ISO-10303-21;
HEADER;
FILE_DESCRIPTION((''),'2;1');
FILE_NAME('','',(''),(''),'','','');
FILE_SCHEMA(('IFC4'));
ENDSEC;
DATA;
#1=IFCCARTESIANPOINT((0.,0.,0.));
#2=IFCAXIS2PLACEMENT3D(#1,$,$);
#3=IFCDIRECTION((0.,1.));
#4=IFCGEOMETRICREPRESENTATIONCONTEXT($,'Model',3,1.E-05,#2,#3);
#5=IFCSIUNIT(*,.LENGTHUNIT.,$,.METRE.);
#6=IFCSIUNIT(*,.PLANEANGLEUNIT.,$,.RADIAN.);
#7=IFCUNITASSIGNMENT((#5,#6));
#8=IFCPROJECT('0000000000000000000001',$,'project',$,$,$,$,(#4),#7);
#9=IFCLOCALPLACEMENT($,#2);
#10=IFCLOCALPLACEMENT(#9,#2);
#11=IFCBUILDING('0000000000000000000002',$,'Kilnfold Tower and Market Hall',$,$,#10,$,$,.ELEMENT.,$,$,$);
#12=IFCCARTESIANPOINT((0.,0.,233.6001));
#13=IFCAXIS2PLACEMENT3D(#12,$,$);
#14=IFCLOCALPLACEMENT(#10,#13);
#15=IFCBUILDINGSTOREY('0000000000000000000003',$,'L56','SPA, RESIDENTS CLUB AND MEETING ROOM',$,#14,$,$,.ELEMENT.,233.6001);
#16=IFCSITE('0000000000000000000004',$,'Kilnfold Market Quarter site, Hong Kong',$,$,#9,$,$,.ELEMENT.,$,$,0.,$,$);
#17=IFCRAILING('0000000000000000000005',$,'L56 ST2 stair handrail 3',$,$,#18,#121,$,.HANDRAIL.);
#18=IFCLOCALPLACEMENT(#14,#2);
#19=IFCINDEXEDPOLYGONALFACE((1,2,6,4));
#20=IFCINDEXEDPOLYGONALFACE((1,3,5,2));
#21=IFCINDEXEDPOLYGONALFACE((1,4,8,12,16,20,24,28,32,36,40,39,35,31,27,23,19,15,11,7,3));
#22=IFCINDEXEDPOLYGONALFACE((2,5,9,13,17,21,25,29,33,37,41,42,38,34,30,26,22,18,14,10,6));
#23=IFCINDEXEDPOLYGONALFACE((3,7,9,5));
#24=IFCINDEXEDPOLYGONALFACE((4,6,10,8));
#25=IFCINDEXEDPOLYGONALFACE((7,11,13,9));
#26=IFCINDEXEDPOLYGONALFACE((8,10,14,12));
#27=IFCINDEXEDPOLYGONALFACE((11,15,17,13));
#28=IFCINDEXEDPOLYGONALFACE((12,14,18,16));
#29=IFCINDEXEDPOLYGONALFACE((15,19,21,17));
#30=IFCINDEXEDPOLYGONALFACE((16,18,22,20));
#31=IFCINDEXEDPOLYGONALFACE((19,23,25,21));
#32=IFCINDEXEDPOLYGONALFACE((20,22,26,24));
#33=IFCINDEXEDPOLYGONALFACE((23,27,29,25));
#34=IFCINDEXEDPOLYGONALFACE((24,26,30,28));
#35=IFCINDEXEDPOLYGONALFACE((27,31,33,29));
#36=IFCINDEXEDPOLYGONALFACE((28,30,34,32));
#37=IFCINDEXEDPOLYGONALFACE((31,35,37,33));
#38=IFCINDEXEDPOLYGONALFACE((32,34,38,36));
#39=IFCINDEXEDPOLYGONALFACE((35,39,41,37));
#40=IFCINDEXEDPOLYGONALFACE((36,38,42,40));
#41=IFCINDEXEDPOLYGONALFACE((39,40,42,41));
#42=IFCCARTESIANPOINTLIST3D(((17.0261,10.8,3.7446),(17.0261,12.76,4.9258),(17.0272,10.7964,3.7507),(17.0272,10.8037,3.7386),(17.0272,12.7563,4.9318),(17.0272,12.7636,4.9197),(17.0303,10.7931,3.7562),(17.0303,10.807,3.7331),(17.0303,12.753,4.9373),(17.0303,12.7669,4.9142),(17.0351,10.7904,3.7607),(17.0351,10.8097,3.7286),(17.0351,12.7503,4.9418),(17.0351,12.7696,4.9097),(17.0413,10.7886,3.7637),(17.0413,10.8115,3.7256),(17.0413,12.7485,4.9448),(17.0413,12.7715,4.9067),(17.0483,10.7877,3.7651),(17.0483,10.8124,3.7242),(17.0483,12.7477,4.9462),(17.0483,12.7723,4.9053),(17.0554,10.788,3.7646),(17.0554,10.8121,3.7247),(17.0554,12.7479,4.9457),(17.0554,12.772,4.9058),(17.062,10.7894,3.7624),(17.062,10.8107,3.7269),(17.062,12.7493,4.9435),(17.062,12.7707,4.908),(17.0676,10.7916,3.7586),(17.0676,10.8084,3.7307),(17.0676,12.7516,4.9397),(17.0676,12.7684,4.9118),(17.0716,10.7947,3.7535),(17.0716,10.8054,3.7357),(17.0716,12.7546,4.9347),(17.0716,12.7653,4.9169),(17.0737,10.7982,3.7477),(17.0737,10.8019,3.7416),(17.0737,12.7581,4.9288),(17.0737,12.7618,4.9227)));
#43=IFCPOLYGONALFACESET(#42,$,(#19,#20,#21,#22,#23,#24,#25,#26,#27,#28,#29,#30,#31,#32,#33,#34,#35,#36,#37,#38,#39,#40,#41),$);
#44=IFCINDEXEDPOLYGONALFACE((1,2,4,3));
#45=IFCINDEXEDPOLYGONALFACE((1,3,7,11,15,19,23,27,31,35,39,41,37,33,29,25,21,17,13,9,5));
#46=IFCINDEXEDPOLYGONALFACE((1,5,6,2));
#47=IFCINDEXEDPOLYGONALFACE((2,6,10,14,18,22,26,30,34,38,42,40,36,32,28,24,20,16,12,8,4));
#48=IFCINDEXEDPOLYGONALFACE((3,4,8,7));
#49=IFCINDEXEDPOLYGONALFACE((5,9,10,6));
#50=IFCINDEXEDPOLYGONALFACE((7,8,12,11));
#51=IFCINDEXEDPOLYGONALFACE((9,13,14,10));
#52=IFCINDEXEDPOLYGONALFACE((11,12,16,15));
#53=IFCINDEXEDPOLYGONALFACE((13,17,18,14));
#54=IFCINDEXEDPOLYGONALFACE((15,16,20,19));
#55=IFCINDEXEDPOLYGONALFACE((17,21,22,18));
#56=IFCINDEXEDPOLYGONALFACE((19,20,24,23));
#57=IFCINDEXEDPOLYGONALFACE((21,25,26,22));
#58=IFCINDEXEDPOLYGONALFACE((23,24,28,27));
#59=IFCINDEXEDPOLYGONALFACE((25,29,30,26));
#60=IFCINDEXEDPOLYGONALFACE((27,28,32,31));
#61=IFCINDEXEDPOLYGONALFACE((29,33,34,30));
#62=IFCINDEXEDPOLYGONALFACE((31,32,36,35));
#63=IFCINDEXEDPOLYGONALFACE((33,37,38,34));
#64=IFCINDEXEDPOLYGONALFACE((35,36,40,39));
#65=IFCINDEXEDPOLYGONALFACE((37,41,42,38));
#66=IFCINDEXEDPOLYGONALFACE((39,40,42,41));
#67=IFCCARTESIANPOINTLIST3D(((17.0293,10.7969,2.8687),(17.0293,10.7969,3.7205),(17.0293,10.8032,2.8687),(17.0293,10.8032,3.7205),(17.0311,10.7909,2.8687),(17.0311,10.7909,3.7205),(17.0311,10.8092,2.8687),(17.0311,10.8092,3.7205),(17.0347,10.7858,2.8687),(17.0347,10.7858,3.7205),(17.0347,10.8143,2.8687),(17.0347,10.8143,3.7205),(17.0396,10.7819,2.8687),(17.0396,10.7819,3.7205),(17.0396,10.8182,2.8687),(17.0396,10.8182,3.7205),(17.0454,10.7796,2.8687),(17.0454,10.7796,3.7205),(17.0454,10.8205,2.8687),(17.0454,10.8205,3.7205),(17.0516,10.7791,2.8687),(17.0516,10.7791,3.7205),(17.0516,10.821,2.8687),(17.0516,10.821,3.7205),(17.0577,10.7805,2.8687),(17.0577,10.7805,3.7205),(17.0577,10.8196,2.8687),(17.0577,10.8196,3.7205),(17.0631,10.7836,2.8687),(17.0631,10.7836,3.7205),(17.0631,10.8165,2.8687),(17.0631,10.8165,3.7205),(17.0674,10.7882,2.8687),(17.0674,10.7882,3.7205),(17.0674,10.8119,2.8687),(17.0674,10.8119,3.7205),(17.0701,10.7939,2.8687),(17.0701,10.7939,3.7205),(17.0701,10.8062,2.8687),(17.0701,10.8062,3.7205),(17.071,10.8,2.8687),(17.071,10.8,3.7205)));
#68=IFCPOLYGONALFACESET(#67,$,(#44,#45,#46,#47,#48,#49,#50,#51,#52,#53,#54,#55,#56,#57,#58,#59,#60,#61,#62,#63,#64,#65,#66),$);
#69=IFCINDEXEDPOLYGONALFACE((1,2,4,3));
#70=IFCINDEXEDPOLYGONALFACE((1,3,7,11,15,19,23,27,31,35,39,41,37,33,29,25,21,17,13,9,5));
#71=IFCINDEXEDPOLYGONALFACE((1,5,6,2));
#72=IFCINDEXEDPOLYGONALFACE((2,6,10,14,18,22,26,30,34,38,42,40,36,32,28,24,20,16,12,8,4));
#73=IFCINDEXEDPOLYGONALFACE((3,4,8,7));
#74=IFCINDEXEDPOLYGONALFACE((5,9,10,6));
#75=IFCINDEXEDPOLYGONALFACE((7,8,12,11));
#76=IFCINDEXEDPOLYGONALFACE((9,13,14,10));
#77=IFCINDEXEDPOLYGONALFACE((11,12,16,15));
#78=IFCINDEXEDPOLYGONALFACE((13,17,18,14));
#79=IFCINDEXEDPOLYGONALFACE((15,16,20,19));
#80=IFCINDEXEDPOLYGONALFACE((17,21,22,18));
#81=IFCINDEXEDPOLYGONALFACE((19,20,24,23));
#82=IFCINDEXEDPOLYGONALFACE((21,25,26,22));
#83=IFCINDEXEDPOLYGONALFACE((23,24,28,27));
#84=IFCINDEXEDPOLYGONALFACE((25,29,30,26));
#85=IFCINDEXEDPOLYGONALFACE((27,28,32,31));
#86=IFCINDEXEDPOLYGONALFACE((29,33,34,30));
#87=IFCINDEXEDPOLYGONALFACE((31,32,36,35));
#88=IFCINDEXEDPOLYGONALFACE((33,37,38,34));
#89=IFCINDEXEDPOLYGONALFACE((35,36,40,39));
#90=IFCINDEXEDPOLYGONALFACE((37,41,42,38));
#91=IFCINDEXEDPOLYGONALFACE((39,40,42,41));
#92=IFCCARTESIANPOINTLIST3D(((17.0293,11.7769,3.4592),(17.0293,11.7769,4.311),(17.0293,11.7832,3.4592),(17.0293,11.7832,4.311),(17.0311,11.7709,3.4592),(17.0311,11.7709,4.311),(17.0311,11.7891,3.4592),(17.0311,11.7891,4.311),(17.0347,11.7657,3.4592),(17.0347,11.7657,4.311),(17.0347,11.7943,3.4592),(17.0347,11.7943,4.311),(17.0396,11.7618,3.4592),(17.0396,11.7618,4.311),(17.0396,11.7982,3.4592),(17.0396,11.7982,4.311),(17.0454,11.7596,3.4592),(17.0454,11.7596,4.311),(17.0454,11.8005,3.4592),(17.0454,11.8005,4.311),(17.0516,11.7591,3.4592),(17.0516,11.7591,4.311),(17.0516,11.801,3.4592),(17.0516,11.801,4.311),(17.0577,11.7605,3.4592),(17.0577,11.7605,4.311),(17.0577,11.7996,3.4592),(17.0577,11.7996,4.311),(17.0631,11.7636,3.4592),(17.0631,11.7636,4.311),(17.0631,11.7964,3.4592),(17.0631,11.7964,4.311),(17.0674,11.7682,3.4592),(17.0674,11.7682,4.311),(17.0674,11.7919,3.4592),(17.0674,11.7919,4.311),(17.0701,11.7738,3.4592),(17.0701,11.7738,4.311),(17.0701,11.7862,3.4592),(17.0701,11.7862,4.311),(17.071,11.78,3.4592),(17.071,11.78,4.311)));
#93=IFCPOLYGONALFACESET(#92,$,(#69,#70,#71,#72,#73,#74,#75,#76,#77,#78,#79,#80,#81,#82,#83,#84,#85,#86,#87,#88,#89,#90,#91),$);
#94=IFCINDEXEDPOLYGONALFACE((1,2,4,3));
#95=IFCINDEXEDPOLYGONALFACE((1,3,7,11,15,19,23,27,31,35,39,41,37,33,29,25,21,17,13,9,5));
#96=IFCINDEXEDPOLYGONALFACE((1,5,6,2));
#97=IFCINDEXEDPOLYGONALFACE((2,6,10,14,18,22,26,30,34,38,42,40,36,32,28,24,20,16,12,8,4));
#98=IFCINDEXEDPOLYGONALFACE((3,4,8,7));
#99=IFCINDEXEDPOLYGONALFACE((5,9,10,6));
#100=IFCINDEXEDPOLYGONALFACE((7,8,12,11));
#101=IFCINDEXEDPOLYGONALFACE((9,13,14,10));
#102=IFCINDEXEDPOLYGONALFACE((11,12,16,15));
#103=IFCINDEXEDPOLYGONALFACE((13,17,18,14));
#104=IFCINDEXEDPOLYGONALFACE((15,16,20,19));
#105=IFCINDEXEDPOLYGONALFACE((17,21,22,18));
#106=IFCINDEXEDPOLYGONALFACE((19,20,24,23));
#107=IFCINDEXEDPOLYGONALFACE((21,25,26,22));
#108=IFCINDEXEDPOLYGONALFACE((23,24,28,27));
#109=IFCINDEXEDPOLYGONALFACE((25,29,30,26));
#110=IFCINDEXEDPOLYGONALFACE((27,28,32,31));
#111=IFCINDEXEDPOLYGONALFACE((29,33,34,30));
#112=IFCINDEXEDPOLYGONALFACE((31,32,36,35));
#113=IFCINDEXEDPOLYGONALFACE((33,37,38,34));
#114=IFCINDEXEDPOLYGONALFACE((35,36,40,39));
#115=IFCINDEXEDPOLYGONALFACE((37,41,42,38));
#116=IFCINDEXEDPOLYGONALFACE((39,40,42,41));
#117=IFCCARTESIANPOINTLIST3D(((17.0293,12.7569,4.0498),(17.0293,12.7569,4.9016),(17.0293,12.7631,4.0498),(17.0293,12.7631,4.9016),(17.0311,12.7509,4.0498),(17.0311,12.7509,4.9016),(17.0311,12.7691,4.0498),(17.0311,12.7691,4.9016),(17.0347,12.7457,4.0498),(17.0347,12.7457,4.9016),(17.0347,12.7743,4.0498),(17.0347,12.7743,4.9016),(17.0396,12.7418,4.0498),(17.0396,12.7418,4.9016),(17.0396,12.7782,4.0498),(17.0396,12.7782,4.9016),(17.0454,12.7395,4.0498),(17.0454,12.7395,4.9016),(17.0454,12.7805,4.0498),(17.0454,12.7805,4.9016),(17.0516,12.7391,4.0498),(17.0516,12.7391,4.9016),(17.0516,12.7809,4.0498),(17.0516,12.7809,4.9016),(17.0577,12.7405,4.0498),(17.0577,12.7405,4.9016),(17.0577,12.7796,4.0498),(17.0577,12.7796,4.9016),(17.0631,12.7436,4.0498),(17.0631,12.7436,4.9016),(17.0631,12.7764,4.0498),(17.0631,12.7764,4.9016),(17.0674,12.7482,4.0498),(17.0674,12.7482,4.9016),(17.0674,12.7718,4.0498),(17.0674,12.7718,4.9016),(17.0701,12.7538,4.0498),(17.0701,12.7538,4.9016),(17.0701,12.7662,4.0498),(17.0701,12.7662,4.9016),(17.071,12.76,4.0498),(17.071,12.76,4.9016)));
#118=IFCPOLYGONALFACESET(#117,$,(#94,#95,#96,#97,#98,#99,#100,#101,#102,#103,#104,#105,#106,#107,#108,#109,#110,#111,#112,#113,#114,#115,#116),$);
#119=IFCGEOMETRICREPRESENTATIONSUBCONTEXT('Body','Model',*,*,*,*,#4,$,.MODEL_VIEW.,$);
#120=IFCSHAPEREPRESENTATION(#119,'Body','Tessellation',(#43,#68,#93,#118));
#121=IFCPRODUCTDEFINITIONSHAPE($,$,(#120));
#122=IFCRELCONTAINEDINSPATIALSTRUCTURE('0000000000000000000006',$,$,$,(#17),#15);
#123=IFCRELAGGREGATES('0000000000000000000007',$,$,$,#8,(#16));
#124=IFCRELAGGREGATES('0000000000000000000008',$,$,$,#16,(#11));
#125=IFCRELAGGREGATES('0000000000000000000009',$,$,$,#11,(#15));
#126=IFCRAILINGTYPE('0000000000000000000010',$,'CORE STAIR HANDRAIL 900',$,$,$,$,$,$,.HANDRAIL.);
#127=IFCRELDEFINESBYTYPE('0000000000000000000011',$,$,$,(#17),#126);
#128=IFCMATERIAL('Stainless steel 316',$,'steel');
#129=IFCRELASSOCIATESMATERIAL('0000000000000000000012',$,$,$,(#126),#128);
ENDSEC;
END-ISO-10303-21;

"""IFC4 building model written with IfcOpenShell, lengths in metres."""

from ifc_helpers import new_model, si_unit, direction, frame, origin, origin_2d, place, context, subcontext, project, spatial, circle, extrude, material, type_object, element, save


model = new_model("IFC4")

# Units and contexts
model_context = context("Model", 3, precision=1e-05, world=origin(), true_north=direction((0.0, 1.0)))
body_context = subcontext(model_context, "Body", "Model", "MODEL_VIEW")
ifc_project = project(units=[si_unit("LENGTHUNIT", "METRE"), si_unit("PLANEANGLEUNIT", "RADIAN")], contexts=[model_context])

# Site, building, storey
site_placement = place(None, origin())
site = spatial("IfcSite", under=ifc_project, at=site_placement, Name="Kilnfold Market Quarter site, Hong Kong", CompositionType="ELEMENT", RefElevation=0.0)
building_placement = place(site_placement, origin())
building = spatial("IfcBuilding", under=site, at=building_placement, Name="Kilnfold Tower and Market Hall", CompositionType="ELEMENT")
storey_placement = place(building_placement, frame((0.0, 0.0, 233.6001)))
storey = spatial("IfcBuildingStorey", under=building, at=storey_placement, Name="L56", Description="SPA, RESIDENTS CLUB AND MEETING ROOM", CompositionType="ELEMENT", Elevation=233.6001)

# Railing
ifc_material_1 = material(Name="Stainless steel 316", Category="steel")
railing_type_1 = type_object("IfcRailingType", Name="CORE STAIR HANDRAIL 900", PredefinedType="HANDRAIL", material=ifc_material_1)
for number, where, name in (
    (1, (17.05, 10.8, 2.8687), "L56 ST2 stair handrail 3"),
):
    element("IfcRailing", number, at=place(storey_placement, frame(where)), inside=storey, type_object=railing_type_1, Name=name, PredefinedType="HANDRAIL", context=body_context, shape_type="SweptSolid", body=[
        extrude(circle(Radius=0.0239, at=origin_2d()), frame((0.0, 0.0, 0.876), z_axis=(0.0, 0.856493, 0.516158), x_axis=(-1.0, 0.0, 0.0)), (0.0, 0.0, 1.0), 2.2883),
        extrude(circle(Radius=0.021, at=origin_2d()), origin(), (0.0, 0.0, 1.0), 0.8518),
        extrude(circle(Radius=0.021, at=origin_2d()), frame((0.0, 0.98, 0.5906)), (0.0, 0.0, 1.0), 0.8518),
        extrude(circle(Radius=0.021, at=origin_2d()), frame((0.0, 1.96, 1.1812)), (0.0, 0.0, 1.0), 0.8518),
    ])

save(model, "model.ifc")
